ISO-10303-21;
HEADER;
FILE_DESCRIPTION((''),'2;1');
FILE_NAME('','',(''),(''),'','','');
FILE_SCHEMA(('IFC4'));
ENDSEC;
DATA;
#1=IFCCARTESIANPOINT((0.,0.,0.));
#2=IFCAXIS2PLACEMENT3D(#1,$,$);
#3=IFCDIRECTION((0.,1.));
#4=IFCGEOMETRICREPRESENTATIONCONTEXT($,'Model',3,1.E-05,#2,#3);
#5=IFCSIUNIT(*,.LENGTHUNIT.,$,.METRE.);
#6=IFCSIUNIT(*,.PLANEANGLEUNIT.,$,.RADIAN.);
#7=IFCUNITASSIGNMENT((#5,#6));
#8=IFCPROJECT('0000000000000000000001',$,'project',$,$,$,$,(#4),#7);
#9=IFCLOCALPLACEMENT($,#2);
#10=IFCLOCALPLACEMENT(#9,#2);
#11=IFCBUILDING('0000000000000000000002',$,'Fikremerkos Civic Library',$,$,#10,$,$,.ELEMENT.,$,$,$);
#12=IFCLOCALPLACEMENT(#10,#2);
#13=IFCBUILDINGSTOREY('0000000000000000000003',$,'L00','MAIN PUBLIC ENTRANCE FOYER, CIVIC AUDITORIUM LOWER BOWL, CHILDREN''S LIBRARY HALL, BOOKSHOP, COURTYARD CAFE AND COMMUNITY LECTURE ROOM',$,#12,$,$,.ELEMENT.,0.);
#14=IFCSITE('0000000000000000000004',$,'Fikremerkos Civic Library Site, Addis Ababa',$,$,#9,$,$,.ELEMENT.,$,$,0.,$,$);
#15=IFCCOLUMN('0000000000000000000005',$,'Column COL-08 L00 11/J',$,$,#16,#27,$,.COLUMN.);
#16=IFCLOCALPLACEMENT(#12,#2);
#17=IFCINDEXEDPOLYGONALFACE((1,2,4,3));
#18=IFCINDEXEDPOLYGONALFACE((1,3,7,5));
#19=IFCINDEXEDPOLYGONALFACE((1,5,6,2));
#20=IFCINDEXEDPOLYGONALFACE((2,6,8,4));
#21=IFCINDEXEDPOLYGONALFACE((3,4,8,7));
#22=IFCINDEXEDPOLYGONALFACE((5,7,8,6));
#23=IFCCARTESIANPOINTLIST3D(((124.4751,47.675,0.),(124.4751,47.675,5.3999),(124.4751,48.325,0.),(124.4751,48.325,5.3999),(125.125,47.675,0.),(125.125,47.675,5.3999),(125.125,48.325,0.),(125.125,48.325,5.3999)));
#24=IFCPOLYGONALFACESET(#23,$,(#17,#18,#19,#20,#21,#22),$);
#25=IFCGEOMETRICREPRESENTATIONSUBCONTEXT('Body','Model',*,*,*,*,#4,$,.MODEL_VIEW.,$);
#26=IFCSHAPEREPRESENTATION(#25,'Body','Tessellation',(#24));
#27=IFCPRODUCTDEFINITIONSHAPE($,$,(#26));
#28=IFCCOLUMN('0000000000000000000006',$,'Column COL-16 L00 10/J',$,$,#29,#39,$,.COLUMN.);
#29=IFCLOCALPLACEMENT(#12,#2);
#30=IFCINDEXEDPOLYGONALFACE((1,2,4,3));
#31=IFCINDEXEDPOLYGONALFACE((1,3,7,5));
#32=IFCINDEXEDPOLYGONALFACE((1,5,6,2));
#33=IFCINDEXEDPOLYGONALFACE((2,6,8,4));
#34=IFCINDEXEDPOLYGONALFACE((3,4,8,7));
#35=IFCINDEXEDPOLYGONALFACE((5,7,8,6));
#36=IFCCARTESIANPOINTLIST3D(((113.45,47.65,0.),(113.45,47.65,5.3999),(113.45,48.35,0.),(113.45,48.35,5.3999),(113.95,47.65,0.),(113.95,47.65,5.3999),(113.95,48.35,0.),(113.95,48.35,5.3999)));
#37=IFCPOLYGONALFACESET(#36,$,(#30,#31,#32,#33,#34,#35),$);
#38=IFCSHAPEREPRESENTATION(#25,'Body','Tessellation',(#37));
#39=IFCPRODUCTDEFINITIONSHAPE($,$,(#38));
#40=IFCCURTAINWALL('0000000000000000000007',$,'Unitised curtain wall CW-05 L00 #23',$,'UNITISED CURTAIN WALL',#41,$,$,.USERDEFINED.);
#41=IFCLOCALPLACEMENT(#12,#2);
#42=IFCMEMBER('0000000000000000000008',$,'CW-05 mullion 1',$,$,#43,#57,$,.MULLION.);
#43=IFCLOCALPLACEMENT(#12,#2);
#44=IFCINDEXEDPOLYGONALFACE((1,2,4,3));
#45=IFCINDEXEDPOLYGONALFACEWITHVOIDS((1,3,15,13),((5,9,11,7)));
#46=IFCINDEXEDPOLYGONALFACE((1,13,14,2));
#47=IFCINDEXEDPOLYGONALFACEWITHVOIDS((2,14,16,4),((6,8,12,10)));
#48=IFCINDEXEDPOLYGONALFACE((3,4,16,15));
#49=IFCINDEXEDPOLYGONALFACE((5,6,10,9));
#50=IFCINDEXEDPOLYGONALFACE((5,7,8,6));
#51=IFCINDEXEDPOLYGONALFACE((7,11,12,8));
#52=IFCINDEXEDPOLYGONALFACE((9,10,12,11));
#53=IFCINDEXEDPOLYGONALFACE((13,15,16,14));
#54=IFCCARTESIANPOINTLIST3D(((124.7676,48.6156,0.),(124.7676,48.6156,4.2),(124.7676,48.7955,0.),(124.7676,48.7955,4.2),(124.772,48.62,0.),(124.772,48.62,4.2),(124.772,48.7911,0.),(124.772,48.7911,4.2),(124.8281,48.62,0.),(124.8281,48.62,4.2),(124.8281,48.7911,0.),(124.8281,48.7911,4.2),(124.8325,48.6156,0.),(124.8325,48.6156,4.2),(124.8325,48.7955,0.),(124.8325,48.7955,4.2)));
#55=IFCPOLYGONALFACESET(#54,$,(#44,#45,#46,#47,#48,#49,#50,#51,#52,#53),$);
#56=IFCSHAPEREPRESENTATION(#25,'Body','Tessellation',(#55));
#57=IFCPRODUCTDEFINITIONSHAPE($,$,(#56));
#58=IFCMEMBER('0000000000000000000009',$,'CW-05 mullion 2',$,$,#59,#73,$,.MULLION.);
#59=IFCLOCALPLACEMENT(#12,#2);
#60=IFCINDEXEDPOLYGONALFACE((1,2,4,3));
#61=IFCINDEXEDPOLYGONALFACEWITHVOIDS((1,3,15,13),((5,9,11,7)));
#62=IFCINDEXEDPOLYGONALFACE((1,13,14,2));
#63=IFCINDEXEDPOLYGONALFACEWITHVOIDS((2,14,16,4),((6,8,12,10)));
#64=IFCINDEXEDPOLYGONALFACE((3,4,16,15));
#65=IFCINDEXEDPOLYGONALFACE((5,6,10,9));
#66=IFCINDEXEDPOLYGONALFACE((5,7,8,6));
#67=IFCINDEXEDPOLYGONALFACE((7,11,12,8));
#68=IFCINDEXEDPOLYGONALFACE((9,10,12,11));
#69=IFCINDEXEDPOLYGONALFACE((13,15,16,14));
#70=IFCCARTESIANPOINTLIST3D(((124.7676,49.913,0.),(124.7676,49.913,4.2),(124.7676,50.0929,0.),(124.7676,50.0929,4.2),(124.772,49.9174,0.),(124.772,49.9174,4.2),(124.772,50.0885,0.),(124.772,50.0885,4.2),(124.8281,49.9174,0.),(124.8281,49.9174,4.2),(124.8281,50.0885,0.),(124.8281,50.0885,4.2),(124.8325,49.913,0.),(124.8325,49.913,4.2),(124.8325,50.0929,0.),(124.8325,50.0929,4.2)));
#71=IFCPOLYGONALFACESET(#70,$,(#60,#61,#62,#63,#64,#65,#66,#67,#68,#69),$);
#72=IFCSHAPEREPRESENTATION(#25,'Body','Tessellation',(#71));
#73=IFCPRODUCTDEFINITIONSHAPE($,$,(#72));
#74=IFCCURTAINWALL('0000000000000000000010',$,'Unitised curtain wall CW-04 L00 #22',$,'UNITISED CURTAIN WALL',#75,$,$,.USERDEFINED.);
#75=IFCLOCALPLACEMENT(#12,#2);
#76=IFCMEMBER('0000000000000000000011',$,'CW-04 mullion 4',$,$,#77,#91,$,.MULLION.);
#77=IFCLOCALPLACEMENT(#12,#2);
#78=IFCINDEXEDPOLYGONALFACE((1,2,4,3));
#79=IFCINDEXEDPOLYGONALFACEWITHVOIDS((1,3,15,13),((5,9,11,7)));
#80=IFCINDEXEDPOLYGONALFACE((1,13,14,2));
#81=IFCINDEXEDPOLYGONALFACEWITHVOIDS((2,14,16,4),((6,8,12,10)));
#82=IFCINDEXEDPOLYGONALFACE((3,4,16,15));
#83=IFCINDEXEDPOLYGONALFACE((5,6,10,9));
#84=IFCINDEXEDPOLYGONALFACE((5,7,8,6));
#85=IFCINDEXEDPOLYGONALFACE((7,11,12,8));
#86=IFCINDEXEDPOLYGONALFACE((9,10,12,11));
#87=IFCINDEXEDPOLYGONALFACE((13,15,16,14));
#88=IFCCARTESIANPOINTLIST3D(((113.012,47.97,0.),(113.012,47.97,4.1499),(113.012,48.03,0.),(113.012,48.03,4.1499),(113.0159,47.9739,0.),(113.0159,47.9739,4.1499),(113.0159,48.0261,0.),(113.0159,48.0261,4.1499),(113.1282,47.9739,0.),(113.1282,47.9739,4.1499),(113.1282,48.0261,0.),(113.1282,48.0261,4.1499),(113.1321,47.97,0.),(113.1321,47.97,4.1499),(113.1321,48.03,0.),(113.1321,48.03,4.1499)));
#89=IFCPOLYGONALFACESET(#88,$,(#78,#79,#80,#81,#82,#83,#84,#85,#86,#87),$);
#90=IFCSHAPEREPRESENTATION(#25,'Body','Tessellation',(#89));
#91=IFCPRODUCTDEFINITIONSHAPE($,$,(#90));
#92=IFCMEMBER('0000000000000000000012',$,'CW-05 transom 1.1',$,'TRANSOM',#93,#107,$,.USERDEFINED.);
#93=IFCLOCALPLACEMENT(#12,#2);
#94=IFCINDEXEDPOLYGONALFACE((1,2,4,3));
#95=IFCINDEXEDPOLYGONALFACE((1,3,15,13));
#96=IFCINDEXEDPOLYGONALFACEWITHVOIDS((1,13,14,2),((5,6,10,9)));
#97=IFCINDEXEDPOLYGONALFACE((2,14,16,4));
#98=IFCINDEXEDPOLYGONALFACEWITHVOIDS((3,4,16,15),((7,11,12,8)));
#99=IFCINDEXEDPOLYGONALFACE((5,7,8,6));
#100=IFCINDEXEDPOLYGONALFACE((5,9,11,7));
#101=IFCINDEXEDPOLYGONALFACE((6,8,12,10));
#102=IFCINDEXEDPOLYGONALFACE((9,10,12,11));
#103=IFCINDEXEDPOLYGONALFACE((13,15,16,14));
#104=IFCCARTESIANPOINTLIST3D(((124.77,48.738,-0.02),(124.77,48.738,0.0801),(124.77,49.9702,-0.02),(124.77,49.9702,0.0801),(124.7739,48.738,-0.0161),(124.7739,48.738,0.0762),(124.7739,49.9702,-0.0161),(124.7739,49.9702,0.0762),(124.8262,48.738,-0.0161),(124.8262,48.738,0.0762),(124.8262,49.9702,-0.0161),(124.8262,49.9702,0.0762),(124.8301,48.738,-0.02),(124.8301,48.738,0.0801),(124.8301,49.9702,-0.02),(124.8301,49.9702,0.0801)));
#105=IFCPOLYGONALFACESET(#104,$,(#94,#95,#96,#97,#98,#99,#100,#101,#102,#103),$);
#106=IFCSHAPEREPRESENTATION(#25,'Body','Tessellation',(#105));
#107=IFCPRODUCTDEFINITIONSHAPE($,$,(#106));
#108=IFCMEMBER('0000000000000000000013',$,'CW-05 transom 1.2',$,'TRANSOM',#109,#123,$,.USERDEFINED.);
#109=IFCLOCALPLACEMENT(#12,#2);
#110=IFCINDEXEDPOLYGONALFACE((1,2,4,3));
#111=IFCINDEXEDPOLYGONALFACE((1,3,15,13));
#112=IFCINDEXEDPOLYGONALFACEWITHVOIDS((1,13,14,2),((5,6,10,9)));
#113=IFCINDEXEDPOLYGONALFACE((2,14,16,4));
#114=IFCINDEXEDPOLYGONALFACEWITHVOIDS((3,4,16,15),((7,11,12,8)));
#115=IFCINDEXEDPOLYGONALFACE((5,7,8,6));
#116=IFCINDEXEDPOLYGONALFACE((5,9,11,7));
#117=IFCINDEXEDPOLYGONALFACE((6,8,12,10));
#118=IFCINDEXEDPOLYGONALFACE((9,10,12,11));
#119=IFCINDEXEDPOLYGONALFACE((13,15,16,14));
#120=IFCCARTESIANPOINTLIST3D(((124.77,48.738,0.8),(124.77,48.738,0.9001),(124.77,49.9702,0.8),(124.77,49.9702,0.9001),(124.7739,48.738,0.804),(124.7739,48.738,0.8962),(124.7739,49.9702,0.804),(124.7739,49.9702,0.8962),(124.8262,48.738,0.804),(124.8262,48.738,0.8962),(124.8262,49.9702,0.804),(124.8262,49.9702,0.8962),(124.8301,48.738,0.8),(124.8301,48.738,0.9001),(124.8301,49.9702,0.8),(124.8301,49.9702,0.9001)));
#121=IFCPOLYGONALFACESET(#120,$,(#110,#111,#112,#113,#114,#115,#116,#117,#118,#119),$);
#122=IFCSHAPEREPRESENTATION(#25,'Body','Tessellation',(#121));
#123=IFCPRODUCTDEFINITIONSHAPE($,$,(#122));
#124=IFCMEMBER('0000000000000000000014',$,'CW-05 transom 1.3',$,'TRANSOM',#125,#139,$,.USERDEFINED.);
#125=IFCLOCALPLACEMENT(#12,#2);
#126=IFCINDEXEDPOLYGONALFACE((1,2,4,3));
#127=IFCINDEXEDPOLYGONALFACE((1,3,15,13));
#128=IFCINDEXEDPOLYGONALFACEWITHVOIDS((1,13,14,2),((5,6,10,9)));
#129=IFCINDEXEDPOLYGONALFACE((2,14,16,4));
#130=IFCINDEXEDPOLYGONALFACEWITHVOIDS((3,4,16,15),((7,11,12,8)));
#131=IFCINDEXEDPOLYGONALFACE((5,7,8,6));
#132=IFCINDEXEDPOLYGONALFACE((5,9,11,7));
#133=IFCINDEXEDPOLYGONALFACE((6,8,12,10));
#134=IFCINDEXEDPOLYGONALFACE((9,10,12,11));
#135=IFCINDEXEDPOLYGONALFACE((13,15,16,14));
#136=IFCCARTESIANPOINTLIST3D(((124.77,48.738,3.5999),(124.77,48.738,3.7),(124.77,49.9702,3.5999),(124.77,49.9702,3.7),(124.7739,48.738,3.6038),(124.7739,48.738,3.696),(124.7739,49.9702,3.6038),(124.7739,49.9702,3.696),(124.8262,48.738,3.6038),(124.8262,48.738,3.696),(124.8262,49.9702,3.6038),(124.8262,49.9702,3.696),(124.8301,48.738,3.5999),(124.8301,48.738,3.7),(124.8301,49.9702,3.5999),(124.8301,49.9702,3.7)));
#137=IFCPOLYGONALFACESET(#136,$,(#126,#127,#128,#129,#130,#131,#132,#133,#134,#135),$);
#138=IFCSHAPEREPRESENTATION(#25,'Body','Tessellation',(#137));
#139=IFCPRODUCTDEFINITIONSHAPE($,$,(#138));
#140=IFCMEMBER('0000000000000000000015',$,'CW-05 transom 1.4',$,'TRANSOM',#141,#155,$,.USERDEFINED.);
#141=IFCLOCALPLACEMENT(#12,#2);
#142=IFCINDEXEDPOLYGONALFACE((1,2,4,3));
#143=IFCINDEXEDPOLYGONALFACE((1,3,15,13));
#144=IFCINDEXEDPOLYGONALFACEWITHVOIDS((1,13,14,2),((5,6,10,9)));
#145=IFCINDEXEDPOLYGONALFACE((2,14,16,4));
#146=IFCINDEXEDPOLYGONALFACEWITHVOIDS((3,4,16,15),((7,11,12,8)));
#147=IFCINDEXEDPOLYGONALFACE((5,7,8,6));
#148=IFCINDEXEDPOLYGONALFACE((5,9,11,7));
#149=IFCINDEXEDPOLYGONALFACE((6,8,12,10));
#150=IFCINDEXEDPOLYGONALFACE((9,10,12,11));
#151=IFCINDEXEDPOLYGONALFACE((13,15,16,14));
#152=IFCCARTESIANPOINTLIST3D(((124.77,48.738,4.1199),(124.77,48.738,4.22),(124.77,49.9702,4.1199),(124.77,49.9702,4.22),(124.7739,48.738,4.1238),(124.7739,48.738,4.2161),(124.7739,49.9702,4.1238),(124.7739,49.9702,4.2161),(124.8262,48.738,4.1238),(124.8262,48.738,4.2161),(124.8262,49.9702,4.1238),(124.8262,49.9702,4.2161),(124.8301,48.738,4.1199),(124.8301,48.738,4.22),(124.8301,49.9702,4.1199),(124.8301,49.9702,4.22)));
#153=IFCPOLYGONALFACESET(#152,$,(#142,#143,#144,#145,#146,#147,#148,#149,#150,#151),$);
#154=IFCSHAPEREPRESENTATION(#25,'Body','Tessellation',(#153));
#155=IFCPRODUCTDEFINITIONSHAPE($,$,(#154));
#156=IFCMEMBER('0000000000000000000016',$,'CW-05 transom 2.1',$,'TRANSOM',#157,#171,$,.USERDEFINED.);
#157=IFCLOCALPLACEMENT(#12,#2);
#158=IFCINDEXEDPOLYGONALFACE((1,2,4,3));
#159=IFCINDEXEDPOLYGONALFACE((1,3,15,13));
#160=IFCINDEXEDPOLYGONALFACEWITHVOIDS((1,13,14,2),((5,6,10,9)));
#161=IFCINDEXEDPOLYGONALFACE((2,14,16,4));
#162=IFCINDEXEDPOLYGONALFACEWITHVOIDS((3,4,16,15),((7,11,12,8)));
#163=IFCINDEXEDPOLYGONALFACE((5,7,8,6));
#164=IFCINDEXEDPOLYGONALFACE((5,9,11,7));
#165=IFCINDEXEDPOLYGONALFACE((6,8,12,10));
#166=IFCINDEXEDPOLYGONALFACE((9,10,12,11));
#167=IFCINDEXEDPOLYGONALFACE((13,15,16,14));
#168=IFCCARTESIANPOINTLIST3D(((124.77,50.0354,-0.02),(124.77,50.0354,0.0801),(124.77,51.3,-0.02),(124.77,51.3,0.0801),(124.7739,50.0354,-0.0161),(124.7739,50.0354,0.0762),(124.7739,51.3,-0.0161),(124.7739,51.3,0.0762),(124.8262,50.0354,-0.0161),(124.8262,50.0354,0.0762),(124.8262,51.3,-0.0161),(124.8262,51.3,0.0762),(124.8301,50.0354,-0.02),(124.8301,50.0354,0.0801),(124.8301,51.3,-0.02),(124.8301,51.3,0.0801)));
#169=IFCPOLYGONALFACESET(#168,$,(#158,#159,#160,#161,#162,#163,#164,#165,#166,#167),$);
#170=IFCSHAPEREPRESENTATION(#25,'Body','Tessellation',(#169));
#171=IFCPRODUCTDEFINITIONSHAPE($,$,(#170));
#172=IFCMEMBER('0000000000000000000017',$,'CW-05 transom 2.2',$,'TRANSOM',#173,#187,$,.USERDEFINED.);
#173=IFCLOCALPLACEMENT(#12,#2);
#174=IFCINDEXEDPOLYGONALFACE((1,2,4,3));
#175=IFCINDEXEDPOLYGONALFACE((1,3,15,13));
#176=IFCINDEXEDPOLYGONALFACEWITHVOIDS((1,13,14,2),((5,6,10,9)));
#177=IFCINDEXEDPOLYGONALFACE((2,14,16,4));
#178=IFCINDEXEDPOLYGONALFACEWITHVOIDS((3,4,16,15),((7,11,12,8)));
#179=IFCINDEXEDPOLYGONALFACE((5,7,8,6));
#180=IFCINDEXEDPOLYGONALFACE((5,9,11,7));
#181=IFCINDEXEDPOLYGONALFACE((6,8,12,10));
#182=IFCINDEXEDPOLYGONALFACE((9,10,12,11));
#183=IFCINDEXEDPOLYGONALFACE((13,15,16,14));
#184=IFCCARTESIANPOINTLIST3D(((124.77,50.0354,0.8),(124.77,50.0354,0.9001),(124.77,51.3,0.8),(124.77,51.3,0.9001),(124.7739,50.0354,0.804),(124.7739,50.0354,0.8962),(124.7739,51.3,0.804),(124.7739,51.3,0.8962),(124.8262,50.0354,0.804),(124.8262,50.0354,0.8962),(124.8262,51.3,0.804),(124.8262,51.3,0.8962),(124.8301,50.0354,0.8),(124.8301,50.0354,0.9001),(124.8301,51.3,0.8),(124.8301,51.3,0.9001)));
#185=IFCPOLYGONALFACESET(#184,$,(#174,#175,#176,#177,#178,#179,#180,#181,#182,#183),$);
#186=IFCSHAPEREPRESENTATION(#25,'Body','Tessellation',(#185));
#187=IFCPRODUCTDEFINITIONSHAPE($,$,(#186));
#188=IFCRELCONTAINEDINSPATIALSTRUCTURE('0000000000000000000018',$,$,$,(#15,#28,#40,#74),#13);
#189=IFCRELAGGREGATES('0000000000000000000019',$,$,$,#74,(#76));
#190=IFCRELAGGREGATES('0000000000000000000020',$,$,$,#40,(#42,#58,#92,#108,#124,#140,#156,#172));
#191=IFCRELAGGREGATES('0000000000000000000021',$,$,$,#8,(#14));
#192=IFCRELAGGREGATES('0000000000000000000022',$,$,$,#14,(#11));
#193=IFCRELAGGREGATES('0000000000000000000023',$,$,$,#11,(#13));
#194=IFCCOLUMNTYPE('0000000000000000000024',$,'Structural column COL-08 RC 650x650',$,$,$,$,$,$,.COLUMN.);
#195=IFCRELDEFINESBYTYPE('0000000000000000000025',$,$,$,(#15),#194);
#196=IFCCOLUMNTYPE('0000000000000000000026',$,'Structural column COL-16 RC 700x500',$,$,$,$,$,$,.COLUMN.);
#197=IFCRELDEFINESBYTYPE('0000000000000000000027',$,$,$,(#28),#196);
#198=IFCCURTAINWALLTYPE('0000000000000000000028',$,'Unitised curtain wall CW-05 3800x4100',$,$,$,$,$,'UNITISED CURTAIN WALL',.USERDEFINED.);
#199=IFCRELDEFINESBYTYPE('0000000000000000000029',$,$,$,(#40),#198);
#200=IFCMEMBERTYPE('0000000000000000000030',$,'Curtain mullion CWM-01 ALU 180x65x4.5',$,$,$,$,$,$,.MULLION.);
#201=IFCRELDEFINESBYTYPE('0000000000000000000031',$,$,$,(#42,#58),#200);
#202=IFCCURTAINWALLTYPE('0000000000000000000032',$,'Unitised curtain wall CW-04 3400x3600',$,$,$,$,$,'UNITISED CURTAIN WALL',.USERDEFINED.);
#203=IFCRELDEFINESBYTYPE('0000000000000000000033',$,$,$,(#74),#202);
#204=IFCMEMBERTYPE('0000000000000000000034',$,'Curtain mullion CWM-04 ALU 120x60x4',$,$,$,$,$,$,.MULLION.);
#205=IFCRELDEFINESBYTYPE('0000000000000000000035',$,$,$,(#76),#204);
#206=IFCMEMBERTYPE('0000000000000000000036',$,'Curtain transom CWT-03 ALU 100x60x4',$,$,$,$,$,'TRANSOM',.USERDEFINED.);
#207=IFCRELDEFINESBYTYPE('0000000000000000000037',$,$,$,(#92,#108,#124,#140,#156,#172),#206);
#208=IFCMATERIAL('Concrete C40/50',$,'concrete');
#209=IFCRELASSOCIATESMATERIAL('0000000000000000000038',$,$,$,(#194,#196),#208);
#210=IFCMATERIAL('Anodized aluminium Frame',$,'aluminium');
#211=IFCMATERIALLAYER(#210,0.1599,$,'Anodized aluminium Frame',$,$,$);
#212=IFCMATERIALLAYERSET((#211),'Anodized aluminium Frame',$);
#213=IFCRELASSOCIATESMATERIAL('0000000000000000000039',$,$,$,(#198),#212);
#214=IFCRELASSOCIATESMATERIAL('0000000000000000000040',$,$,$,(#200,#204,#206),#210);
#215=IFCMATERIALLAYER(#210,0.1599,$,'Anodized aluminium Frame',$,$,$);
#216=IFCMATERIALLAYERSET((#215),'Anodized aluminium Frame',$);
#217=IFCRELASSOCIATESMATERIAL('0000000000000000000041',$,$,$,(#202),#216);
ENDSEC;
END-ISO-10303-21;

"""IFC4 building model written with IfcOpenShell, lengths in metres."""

from ifc_helpers import new_model, si_unit, direction, frame, origin, origin_2d, place, context, subcontext, project, spatial, rectangle, hollow_rectangle, extrude, material, layer, layer_set, material_profile, profile_set, type_object, element, aggregate, save


model = new_model("IFC4")

# Units and contexts
model_context = context("Model", 3, precision=1e-05, world=origin(), true_north=direction((0.0, 1.0)))
body_context = subcontext(model_context, "Body", "Model", "MODEL_VIEW")
ifc_project = project(units=[si_unit("LENGTHUNIT", "METRE"), si_unit("PLANEANGLEUNIT", "RADIAN")], contexts=[model_context])

# Site, building, storey
site_placement = place(None, origin())
site = spatial("IfcSite", under=ifc_project, at=site_placement, Name="Fikremerkos Civic Library Site, Addis Ababa", CompositionType="ELEMENT", RefElevation=0.0)
building_placement = place(site_placement, origin())
building = spatial("IfcBuilding", under=site, at=building_placement, Name="Fikremerkos Civic Library", CompositionType="ELEMENT")
storey_placement = place(building_placement, origin())
storey = spatial("IfcBuildingStorey", under=building, at=storey_placement, Name="L00", Description="MAIN PUBLIC ENTRANCE FOYER, CIVIC AUDITORIUM LOWER BOWL, CHILDREN'S LIBRARY HALL, BOOKSHOP, COURTYARD CAFE AND COMMUNITY LECTURE ROOM", CompositionType="ELEMENT", Elevation=0.0)

# Columns
ifc_material_1 = material(Name="Concrete C40/50", Category="concrete")
ifc_material_profile_1 = material_profile(ifc_material_1, rectangle(XDim=0.6499, YDim=0.6499, at=origin_2d()), Name="RC 650x650")
ifc_profile_set_1 = profile_set([ifc_material_profile_1], Name="Concrete C40/50")
column_type_1 = type_object("IfcColumnType", Name="Structural column COL-08 RC 650x650", PredefinedType="COLUMN", material=ifc_profile_set_1)
column_1_placement = place(storey_placement, frame((124.8, 48.0, 0.0), z_axis=(0.0, 0.0, 1.0), x_axis=(1.0, 0.0, 0.0)))
element("IfcColumn", 1, at=column_1_placement, inside=storey, type_object=column_type_1, Name="Column COL-08 L00 11/J", PredefinedType="COLUMN", context=body_context, shape_type="SweptSolid", body=[
    extrude(rectangle(XDim=0.6499, YDim=0.6499, at=origin_2d()), origin(), (0.0, 0.0, 1.0), 5.3999),
])
ifc_material_profile_2 = material_profile(ifc_material_1, rectangle(XDim=0.7, YDim=0.5, at=origin_2d()), Name="RC 700x500")
ifc_profile_set_2 = profile_set([ifc_material_profile_2], Name="Concrete C40/50")
column_type_2 = type_object("IfcColumnType", Name="Structural column COL-16 RC 700x500", PredefinedType="COLUMN", material=ifc_profile_set_2)
column_2_placement = place(storey_placement, frame((113.7, 48.0, 0.0), z_axis=(0.0, 0.0, 1.0), x_axis=(0.0, 1.0, 0.0)))
element("IfcColumn", 2, at=column_2_placement, inside=storey, type_object=column_type_2, Name="Column COL-16 L00 10/J", PredefinedType="COLUMN", context=body_context, shape_type="SweptSolid", body=[
    extrude(rectangle(XDim=0.7, YDim=0.5, at=origin_2d()), origin(), (0.0, 0.0, 1.0), 5.3999),
])

# Curtain wall, members
ifc_material_2 = material(Name="Anodized aluminium Frame", Category="aluminium")
ifc_layer_1 = layer(ifc_material_2, 0.1599, Name="Anodized aluminium Frame")
ifc_layer_set_1 = layer_set([ifc_layer_1], Name="Anodized aluminium Frame")
curtain_wall_type_1 = type_object("IfcCurtainWallType", Name="Unitised curtain wall CW-05 3800x4100", ElementType="UNITISED CURTAIN WALL", PredefinedType="USERDEFINED", material=ifc_layer_set_1)
curtain_wall_1_placement = place(storey_placement, origin())
curtain_wall_1 = element("IfcCurtainWall", 3, at=curtain_wall_1_placement, inside=storey, type_object=curtain_wall_type_1, Name="Unitised curtain wall CW-05 L00 #23", ObjectType="UNITISED CURTAIN WALL", PredefinedType="USERDEFINED")
ifc_material_profile_3 = material_profile(ifc_material_2, hollow_rectangle(XDim=0.0649, YDim=0.1799, WallThickness=0.0044, at=origin_2d()), Name="ALU 180x65x4.5")
ifc_profile_set_3 = profile_set([ifc_material_profile_3], Name="Anodized aluminium Frame")
member_type_1 = type_object("IfcMemberType", Name="Curtain mullion CWM-01 ALU 180x65x4.5", PredefinedType="MULLION", material=ifc_profile_set_3)
member_1_placement = place(storey_placement, frame((124.8, 48.7056, 0.0), z_axis=(0.0, 0.0, 1.0), x_axis=(-1.0, 0.0, 0.0)))
member_1 = element("IfcMember", 4, at=member_1_placement, type_object=member_type_1, Name="CW-05 mullion 1", PredefinedType="MULLION", context=body_context, shape_type="SweptSolid", body=[
    extrude(hollow_rectangle(XDim=0.0649, YDim=0.1799, WallThickness=0.0044, at=origin_2d()), origin(), (0.0, 0.0, 1.0), 4.2),
])
member_2_placement = place(storey_placement, frame((124.8, 50.0029, 0.0), z_axis=(0.0, 0.0, 1.0), x_axis=(-1.0, 0.0, 0.0)))
member_2 = element("IfcMember", 5, at=member_2_placement, type_object=member_type_1, Name="CW-05 mullion 2", PredefinedType="MULLION", context=body_context, shape_type="SweptSolid", body=[
    extrude(hollow_rectangle(XDim=0.0649, YDim=0.1799, WallThickness=0.0044, at=origin_2d()), origin(), (0.0, 0.0, 1.0), 4.2),
])

# Curtain wall, member
ifc_layer_2 = layer(ifc_material_2, 0.1599, Name="Anodized aluminium Frame")
ifc_layer_set_2 = layer_set([ifc_layer_2], Name="Anodized aluminium Frame")
curtain_wall_type_2 = type_object("IfcCurtainWallType", Name="Unitised curtain wall CW-04 3400x3600", ElementType="UNITISED CURTAIN WALL", PredefinedType="USERDEFINED", material=ifc_layer_set_2)
curtain_wall_2_placement = place(storey_placement, origin())
curtain_wall_2 = element("IfcCurtainWall", 6, at=curtain_wall_2_placement, inside=storey, type_object=curtain_wall_type_2, Name="Unitised curtain wall CW-04 L00 #22", ObjectType="UNITISED CURTAIN WALL", PredefinedType="USERDEFINED")
ifc_material_profile_4 = material_profile(ifc_material_2, hollow_rectangle(XDim=0.0601, YDim=0.1201, WallThickness=0.0039, at=origin_2d()), Name="ALU 120x60x4")
ifc_profile_set_4 = profile_set([ifc_material_profile_4], Name="Anodized aluminium Frame")
member_type_2 = type_object("IfcMemberType", Name="Curtain mullion CWM-04 ALU 120x60x4", PredefinedType="MULLION", material=ifc_profile_set_4)
member_3_placement = place(storey_placement, frame((113.072, 48.0, 0.0), z_axis=(0.0, 0.0, 1.0), x_axis=(0.0, 1.0, 0.0)))
member_3 = element("IfcMember", 7, at=member_3_placement, type_object=member_type_2, Name="CW-04 mullion 4", PredefinedType="MULLION", context=body_context, shape_type="SweptSolid", body=[
    extrude(hollow_rectangle(XDim=0.0601, YDim=0.1201, WallThickness=0.0039, at=origin_2d()), origin(), (0.0, 0.0, 1.0), 4.1499),
])
aggregate(curtain_wall_2, [member_3])

# Members
ifc_material_profile_5 = material_profile(ifc_material_2, hollow_rectangle(XDim=0.0601, YDim=0.1001, WallThickness=0.0039, at=origin_2d()), Name="ALU 100x60x4")
ifc_profile_set_5 = profile_set([ifc_material_profile_5], Name="Anodized aluminium Frame")
member_type_3 = type_object("IfcMemberType", Name="Curtain transom CWT-03 ALU 100x60x4", ElementType="TRANSOM", PredefinedType="USERDEFINED", material=ifc_profile_set_5)
member_4_placement = place(storey_placement, frame((124.8, 48.738, 0.03), z_axis=(0.0, 1.0, 0.0), x_axis=(-1.0, 0.0, 0.0)))
member_4 = element("IfcMember", 8, at=member_4_placement, type_object=member_type_3, Name="CW-05 transom 1.1", ObjectType="TRANSOM", PredefinedType="USERDEFINED", context=body_context, shape_type="SweptSolid", body=[
    extrude(hollow_rectangle(XDim=0.0601, YDim=0.1001, WallThickness=0.0039, at=origin_2d()), origin(), (0.0, 0.0, 1.0), 1.2322),
])
member_5_placement = place(storey_placement, frame((124.8, 48.738, 0.8501), z_axis=(0.0, 1.0, 0.0), x_axis=(-1.0, 0.0, 0.0)))
member_5 = element("IfcMember", 9, at=member_5_placement, type_object=member_type_3, Name="CW-05 transom 1.2", ObjectType="TRANSOM", PredefinedType="USERDEFINED", context=body_context, shape_type="SweptSolid", body=[
    extrude(hollow_rectangle(XDim=0.0601, YDim=0.1001, WallThickness=0.0039, at=origin_2d()), origin(), (0.0, 0.0, 1.0), 1.2322),
])
member_6_placement = place(storey_placement, frame((124.8, 48.738, 3.6499), z_axis=(0.0, 1.0, 0.0), x_axis=(-1.0, 0.0, 0.0)))
member_6 = element("IfcMember", 10, at=member_6_placement, type_object=member_type_3, Name="CW-05 transom 1.3", ObjectType="TRANSOM", PredefinedType="USERDEFINED", context=body_context, shape_type="SweptSolid", body=[
    extrude(hollow_rectangle(XDim=0.0601, YDim=0.1001, WallThickness=0.0039, at=origin_2d()), origin(), (0.0, 0.0, 1.0), 1.2322),
])
member_7_placement = place(storey_placement, frame((124.8, 48.738, 4.1699), z_axis=(0.0, 1.0, 0.0), x_axis=(-1.0, 0.0, 0.0)))
member_7 = element("IfcMember", 11, at=member_7_placement, type_object=member_type_3, Name="CW-05 transom 1.4", ObjectType="TRANSOM", PredefinedType="USERDEFINED", context=body_context, shape_type="SweptSolid", body=[
    extrude(hollow_rectangle(XDim=0.0601, YDim=0.1001, WallThickness=0.0039, at=origin_2d()), origin(), (0.0, 0.0, 1.0), 1.2322),
])
member_8_placement = place(storey_placement, frame((124.8, 50.0354, 0.03), z_axis=(0.0, 1.0, 0.0), x_axis=(-1.0, 0.0, 0.0)))
member_8 = element("IfcMember", 12, at=member_8_placement, type_object=member_type_3, Name="CW-05 transom 2.1", ObjectType="TRANSOM", PredefinedType="USERDEFINED", context=body_context, shape_type="SweptSolid", body=[
    extrude(hollow_rectangle(XDim=0.0601, YDim=0.1001, WallThickness=0.0039, at=origin_2d()), origin(), (0.0, 0.0, 1.0), 1.2646),
])
member_9_placement = place(storey_placement, frame((124.8, 50.0354, 0.8501), z_axis=(0.0, 1.0, 0.0), x_axis=(-1.0, 0.0, 0.0)))
member_9 = element("IfcMember", 13, at=member_9_placement, type_object=member_type_3, Name="CW-05 transom 2.2", ObjectType="TRANSOM", PredefinedType="USERDEFINED", context=body_context, shape_type="SweptSolid", body=[
    extrude(hollow_rectangle(XDim=0.0601, YDim=0.1001, WallThickness=0.0039, at=origin_2d()), origin(), (0.0, 0.0, 1.0), 1.2646),
])

aggregate(curtain_wall_1, [member_1, member_2, member_4, member_5, member_6, member_7, member_8, member_9])

save(model, "model.ifc")
